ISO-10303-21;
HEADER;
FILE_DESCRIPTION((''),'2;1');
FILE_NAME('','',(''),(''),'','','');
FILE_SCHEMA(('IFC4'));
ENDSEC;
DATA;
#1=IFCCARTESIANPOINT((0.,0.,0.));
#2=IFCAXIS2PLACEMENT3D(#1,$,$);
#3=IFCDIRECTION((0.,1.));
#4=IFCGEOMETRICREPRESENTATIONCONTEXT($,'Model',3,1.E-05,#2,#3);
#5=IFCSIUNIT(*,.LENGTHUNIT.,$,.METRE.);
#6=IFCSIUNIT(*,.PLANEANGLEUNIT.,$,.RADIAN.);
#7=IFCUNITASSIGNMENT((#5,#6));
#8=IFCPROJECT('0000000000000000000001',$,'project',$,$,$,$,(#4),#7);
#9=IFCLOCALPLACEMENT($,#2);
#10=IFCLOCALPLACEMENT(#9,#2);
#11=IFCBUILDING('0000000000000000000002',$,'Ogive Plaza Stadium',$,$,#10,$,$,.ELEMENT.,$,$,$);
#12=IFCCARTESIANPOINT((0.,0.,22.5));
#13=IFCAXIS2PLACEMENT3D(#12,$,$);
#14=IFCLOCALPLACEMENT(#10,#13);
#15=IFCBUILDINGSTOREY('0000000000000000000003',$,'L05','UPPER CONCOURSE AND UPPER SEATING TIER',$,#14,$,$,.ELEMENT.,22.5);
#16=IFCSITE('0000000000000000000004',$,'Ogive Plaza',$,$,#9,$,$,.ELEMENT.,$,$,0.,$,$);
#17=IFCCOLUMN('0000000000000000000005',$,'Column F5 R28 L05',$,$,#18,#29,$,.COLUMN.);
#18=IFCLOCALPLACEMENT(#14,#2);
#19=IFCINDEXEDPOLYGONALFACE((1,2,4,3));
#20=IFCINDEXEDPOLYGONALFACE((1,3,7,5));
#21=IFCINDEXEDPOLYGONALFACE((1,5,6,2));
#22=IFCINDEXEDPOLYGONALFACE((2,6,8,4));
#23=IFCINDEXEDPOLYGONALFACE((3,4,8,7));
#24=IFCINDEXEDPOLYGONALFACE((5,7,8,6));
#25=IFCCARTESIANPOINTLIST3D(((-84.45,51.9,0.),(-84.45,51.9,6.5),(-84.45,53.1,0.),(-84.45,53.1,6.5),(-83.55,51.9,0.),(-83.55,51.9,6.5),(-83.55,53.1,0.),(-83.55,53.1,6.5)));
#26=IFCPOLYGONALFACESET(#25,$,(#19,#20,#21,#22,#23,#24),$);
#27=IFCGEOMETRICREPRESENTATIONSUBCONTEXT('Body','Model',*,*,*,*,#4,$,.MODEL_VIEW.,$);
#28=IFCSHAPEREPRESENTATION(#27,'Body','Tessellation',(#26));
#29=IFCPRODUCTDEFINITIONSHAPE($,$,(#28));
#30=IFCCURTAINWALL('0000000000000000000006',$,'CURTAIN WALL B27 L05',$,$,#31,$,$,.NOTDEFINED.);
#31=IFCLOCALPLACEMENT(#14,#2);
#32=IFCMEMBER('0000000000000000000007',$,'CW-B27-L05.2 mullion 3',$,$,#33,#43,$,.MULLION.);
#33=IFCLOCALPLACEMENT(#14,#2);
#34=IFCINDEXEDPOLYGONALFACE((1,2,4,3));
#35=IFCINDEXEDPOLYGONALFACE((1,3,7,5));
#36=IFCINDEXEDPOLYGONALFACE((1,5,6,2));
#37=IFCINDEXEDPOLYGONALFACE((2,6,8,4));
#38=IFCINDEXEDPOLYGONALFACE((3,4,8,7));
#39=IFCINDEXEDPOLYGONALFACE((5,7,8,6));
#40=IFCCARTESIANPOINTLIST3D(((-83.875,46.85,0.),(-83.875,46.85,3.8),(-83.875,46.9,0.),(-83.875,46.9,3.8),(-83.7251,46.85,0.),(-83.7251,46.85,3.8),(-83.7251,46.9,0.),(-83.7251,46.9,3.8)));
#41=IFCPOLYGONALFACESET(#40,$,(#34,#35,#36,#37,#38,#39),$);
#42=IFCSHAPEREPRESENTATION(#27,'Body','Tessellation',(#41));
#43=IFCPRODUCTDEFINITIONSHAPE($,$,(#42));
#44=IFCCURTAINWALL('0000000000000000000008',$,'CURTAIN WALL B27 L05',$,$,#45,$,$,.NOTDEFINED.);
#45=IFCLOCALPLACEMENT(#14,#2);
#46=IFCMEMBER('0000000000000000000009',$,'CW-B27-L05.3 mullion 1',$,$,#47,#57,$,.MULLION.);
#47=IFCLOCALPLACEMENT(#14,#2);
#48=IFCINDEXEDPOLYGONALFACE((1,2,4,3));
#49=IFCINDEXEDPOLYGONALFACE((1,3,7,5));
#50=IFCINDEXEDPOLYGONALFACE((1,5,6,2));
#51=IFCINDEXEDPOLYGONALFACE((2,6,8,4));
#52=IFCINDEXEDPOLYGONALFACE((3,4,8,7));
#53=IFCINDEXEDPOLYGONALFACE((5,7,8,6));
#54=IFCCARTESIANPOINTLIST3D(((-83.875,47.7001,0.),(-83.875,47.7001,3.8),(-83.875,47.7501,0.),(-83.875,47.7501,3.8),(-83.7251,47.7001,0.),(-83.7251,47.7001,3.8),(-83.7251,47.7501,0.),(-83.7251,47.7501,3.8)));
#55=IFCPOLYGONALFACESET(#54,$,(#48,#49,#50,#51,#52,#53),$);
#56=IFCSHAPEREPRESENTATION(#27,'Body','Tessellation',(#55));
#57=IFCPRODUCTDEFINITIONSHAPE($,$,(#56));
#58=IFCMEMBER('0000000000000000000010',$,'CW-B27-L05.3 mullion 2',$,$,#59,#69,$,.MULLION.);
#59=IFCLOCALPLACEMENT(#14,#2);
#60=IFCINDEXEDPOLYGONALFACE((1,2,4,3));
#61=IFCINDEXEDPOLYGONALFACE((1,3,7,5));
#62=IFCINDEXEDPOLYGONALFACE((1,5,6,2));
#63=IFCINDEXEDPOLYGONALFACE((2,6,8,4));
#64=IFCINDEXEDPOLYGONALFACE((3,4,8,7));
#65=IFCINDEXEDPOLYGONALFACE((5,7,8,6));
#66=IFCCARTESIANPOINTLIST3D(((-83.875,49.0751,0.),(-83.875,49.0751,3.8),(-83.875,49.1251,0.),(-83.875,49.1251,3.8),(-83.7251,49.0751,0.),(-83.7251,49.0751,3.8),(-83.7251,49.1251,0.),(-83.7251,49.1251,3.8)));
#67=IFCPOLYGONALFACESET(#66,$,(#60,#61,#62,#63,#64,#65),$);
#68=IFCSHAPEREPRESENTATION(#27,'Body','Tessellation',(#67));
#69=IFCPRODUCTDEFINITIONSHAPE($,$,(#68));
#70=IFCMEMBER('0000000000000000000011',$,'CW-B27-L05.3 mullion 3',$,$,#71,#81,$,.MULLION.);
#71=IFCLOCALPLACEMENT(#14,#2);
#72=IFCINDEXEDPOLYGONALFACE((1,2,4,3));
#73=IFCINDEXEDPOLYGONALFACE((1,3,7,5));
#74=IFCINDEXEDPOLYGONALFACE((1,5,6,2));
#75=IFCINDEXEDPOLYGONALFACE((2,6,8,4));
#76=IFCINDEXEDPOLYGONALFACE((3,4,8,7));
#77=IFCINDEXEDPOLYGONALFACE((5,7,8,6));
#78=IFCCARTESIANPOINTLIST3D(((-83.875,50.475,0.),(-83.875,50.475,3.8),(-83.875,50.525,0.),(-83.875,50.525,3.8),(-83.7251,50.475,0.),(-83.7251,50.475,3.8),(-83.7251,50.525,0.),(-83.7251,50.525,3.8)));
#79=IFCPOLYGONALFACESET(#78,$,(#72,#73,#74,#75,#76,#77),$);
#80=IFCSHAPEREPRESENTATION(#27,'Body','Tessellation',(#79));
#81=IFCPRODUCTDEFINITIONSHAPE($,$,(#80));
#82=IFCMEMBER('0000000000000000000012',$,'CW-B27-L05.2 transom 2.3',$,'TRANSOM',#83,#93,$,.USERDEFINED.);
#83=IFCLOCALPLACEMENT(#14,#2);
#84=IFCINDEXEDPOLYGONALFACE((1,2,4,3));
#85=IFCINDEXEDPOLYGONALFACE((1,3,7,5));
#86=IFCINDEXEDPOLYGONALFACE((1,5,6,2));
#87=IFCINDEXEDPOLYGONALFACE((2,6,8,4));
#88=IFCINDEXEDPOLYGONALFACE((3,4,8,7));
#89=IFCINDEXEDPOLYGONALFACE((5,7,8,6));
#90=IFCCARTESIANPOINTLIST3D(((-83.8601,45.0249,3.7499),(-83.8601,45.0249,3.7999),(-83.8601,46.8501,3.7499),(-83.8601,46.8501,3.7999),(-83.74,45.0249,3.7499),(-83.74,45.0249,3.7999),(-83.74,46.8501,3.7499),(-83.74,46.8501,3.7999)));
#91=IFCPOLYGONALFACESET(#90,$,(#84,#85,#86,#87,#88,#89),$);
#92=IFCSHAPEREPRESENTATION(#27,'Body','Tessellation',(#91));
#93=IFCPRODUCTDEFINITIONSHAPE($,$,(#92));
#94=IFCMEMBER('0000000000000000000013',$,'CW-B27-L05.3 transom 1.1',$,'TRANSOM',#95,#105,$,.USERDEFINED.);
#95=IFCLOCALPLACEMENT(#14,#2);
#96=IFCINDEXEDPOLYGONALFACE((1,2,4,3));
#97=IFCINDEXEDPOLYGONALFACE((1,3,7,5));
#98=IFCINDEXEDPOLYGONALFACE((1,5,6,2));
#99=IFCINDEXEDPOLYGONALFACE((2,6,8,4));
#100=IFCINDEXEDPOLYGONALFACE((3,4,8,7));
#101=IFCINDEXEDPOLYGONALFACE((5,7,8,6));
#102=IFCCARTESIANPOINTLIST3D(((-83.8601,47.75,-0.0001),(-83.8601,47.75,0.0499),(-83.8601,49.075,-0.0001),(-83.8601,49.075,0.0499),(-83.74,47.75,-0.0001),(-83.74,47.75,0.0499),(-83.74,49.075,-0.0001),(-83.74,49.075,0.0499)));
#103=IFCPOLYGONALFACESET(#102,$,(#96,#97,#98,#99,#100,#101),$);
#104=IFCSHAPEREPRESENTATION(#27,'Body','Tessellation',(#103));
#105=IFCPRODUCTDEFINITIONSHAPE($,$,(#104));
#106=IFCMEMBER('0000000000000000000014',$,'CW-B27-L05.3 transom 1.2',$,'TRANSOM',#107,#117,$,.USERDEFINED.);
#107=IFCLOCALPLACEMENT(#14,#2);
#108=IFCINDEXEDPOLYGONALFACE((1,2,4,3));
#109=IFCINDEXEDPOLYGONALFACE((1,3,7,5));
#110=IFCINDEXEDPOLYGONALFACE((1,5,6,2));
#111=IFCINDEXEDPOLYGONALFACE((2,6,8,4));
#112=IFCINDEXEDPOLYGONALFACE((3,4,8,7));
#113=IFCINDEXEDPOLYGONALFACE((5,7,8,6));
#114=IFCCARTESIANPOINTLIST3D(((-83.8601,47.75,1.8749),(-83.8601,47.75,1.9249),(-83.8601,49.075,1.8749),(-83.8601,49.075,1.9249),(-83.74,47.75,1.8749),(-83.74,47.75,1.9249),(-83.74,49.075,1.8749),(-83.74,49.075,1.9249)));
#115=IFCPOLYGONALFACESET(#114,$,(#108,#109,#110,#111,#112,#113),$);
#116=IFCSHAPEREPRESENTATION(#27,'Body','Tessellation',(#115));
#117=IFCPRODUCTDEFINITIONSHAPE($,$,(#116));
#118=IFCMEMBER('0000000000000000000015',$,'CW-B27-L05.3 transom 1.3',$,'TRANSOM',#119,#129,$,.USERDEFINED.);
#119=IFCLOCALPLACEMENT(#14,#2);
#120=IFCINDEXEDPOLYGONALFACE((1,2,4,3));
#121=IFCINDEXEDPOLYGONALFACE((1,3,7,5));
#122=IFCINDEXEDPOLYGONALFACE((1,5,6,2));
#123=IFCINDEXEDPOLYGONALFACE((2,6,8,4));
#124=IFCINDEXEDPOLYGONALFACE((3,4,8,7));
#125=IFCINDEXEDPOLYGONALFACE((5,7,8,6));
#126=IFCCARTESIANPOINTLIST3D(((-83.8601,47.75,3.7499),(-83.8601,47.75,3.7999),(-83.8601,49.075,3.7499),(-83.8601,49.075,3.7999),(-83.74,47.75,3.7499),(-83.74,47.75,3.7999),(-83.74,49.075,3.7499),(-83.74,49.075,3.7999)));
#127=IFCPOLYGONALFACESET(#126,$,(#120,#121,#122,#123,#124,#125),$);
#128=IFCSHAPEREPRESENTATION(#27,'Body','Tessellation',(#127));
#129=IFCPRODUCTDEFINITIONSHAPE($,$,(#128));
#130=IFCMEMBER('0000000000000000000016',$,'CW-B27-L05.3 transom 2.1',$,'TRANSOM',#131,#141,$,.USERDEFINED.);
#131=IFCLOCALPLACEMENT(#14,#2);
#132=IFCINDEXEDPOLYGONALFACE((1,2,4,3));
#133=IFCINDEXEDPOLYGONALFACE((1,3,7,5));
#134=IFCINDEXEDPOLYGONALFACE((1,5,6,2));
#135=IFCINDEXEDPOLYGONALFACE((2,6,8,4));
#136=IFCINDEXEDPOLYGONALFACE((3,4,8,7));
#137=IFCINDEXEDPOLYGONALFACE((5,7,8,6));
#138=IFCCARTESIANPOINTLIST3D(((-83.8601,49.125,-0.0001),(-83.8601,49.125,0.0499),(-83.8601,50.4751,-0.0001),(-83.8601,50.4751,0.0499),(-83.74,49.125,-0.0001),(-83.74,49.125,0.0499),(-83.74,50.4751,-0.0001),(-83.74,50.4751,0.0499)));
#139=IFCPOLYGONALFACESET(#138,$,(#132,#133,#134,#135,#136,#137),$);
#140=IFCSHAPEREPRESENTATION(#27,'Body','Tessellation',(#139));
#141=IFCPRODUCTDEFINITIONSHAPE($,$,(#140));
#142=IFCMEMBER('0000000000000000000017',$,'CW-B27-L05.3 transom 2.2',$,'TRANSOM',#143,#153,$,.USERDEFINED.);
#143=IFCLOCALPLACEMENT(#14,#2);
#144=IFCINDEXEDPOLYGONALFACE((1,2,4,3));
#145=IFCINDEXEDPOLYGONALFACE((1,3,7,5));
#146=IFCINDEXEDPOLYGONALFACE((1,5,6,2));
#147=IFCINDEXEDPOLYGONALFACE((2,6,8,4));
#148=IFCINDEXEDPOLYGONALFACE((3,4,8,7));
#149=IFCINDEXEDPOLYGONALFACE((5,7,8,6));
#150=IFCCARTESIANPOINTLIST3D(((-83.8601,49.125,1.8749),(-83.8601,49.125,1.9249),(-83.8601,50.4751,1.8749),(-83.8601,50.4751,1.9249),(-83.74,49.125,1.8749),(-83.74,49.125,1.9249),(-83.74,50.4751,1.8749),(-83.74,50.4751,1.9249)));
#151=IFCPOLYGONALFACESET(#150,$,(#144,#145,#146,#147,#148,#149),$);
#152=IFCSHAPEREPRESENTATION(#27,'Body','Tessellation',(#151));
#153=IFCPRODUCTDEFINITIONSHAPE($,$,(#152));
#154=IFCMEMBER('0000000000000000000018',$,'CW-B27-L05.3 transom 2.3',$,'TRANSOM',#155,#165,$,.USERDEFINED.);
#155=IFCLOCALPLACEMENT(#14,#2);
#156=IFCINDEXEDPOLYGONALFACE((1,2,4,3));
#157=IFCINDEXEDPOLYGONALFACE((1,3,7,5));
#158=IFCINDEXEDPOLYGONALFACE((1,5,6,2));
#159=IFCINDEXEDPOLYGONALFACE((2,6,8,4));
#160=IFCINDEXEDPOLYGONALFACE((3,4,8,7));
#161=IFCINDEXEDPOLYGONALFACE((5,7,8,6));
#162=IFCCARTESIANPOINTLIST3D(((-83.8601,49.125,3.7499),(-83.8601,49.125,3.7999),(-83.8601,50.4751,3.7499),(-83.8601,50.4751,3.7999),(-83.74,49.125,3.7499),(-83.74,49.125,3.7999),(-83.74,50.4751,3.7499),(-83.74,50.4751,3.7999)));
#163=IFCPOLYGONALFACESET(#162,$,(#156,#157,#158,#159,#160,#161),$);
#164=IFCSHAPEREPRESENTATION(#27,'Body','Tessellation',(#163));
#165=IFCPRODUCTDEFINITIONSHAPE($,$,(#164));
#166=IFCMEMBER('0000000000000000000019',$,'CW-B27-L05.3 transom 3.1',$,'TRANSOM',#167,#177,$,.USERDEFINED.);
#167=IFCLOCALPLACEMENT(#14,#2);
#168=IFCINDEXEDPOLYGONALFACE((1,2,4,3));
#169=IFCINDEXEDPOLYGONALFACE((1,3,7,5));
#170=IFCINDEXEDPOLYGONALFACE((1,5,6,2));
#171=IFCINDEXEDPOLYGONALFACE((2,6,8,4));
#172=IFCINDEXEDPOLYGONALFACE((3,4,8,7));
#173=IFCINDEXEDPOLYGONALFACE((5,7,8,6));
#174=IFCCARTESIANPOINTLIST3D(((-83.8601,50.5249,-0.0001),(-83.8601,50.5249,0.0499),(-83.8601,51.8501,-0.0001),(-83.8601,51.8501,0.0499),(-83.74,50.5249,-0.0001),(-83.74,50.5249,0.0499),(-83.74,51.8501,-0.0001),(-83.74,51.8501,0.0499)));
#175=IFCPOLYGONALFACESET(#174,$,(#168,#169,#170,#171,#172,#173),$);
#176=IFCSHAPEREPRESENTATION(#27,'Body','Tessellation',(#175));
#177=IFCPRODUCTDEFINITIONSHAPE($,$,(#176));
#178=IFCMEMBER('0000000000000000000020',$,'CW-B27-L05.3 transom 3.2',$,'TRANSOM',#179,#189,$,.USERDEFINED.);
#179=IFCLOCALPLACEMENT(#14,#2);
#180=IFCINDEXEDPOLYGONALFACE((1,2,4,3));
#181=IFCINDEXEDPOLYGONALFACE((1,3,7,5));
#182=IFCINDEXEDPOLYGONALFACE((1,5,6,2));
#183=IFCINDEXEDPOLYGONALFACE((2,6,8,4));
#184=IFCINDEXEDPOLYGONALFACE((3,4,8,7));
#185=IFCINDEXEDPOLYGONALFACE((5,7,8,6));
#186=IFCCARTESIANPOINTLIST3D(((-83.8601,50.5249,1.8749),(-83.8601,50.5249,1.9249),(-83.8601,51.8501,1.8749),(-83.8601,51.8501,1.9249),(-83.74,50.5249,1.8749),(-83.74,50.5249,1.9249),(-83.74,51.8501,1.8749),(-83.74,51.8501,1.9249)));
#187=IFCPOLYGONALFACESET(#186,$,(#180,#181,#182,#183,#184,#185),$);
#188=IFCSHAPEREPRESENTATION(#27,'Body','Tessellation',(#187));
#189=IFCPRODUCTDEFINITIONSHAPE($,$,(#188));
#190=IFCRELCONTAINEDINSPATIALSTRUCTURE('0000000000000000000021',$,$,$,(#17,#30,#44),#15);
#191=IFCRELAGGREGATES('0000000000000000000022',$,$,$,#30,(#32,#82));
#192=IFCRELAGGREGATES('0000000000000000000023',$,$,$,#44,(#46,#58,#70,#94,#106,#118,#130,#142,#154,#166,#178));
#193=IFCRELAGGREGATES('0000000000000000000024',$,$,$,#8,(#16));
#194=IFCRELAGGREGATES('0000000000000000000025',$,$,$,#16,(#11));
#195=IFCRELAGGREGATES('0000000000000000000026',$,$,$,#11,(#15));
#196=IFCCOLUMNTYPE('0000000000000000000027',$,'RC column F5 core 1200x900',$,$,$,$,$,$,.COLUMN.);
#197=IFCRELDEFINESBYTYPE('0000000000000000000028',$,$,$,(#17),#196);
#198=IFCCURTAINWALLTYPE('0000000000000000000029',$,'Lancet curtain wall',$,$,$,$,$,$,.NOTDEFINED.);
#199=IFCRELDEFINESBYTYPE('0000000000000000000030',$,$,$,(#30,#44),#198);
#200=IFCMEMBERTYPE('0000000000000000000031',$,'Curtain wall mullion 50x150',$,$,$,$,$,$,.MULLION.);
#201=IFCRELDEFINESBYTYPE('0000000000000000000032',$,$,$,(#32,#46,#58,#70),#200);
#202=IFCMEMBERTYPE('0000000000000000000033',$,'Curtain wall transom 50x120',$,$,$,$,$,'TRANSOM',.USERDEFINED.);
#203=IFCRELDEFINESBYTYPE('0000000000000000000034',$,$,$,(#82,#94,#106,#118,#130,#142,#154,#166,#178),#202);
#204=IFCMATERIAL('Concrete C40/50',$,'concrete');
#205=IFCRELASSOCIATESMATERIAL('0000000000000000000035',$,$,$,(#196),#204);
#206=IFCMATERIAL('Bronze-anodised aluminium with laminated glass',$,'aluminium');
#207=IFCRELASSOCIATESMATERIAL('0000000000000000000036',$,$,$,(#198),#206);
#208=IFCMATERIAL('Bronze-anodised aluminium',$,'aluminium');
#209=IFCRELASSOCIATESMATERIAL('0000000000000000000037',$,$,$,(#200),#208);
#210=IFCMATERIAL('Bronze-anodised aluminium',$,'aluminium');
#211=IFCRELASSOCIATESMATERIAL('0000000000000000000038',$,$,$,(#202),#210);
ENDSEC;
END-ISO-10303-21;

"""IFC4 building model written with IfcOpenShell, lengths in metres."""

from ifc_helpers import new_model, si_unit, direction, frame, origin, origin_2d, place, context, subcontext, project, spatial, rectangle, extrude, material, material_profile, profile_set, type_object, element, aggregate, save


model = new_model("IFC4")

# Units and contexts
model_context = context("Model", 3, precision=1e-05, world=origin(), true_north=direction((0.0, 1.0)))
body_context = subcontext(model_context, "Body", "Model", "MODEL_VIEW")
ifc_project = project(units=[si_unit("LENGTHUNIT", "METRE"), si_unit("PLANEANGLEUNIT", "RADIAN")], contexts=[model_context])

# Site, building, storey
site_placement = place(None, origin())
site = spatial("IfcSite", under=ifc_project, at=site_placement, Name="Ogive Plaza", CompositionType="ELEMENT", RefElevation=0.0)
building_placement = place(site_placement, origin())
building = spatial("IfcBuilding", under=site, at=building_placement, Name="Ogive Plaza Stadium", CompositionType="ELEMENT")
storey_placement = place(building_placement, frame((0.0, 0.0, 22.5)))
storey = spatial("IfcBuildingStorey", under=building, at=storey_placement, Name="L05", Description="UPPER CONCOURSE AND UPPER SEATING TIER", CompositionType="ELEMENT", Elevation=22.5)

# Column
ifc_material_1 = material(Name="Concrete C40/50", Category="concrete")
ifc_material_profile_1 = material_profile(ifc_material_1, rectangle(XDim=1.2, YDim=0.8999, at=origin_2d()), Name="RC 1200x900")
ifc_profile_set_1 = profile_set([ifc_material_profile_1], Name="Concrete C40/50")
column_type = type_object("IfcColumnType", Name="RC column F5 core 1200x900", PredefinedType="COLUMN", material=ifc_profile_set_1)
column_placement = place(storey_placement, frame((-84.0, 52.5, 0.0), z_axis=(0.0, 0.0, 1.0), x_axis=(0.0, -1.0, 0.0)))
element("IfcColumn", 1, at=column_placement, inside=storey, type_object=column_type, Name="Column F5 R28 L05", PredefinedType="COLUMN", context=body_context, shape_type="SweptSolid", body=[
    extrude(rectangle(XDim=1.2, YDim=0.8999, at=origin_2d()), origin(), (0.0, 0.0, 1.0), 6.5),
])

# Curtain wall, member
ifc_material_2 = material(Name="Bronze-anodised aluminium with laminated glass", Category="aluminium")
curtain_wall_type = type_object("IfcCurtainWallType", Name="Lancet curtain wall", PredefinedType="NOTDEFINED", material=ifc_material_2)
curtain_wall_1_placement = place(storey_placement, origin())
curtain_wall_1 = element("IfcCurtainWall", 2, at=curtain_wall_1_placement, inside=storey, type_object=curtain_wall_type, Name="CURTAIN WALL B27 L05", PredefinedType="NOTDEFINED")
ifc_material_3 = material(Name="Bronze-anodised aluminium", Category="aluminium")
ifc_material_profile_2 = material_profile(ifc_material_3, rectangle(XDim=0.1499, YDim=0.05, at=origin_2d()), Name="AL 150x50")
ifc_profile_set_2 = profile_set([ifc_material_profile_2], Name="Bronze-anodised aluminium")
member_type_1 = type_object("IfcMemberType", Name="Curtain wall mullion 50x150", PredefinedType="MULLION", material=ifc_profile_set_2)
member_1_placement = place(storey_placement, frame((-83.8, 46.875, 0.0), z_axis=(0.0, 0.0, 1.0), x_axis=(-1.0, 0.0, 0.0)))
member_1 = element("IfcMember", 3, at=member_1_placement, type_object=member_type_1, Name="CW-B27-L05.2 mullion 3", PredefinedType="MULLION", context=body_context, shape_type="SweptSolid", body=[
    extrude(rectangle(XDim=0.1499, YDim=0.05, at=origin_2d()), origin(), (0.0, 0.0, 1.0), 3.8),
])

# Curtain wall, members
curtain_wall_2_placement = place(storey_placement, origin())
curtain_wall_2 = element("IfcCurtainWall", 4, at=curtain_wall_2_placement, inside=storey, type_object=curtain_wall_type, Name="CURTAIN WALL B27 L05", PredefinedType="NOTDEFINED")
member_2_placement = place(storey_placement, frame((-83.8, 47.7251, 0.0), z_axis=(0.0, 0.0, 1.0), x_axis=(-1.0, 0.0, 0.0)))
member_2 = element("IfcMember", 5, at=member_2_placement, type_object=member_type_1, Name="CW-B27-L05.3 mullion 1", PredefinedType="MULLION", context=body_context, shape_type="SweptSolid", body=[
    extrude(rectangle(XDim=0.1499, YDim=0.05, at=origin_2d()), origin(), (0.0, 0.0, 1.0), 3.8),
])
member_3_placement = place(storey_placement, frame((-83.8, 49.1001, 0.0), z_axis=(0.0, 0.0, 1.0), x_axis=(-1.0, 0.0, 0.0)))
member_3 = element("IfcMember", 6, at=member_3_placement, type_object=member_type_1, Name="CW-B27-L05.3 mullion 2", PredefinedType="MULLION", context=body_context, shape_type="SweptSolid", body=[
    extrude(rectangle(XDim=0.1499, YDim=0.05, at=origin_2d()), origin(), (0.0, 0.0, 1.0), 3.8),
])
member_4_placement = place(storey_placement, frame((-83.8, 50.5, 0.0), z_axis=(0.0, 0.0, 1.0), x_axis=(-1.0, 0.0, 0.0)))
member_4 = element("IfcMember", 7, at=member_4_placement, type_object=member_type_1, Name="CW-B27-L05.3 mullion 3", PredefinedType="MULLION", context=body_context, shape_type="SweptSolid", body=[
    extrude(rectangle(XDim=0.1499, YDim=0.05, at=origin_2d()), origin(), (0.0, 0.0, 1.0), 3.8),
])

# Members
ifc_material_4 = material(Name="Bronze-anodised aluminium", Category="aluminium")
ifc_material_profile_3 = material_profile(ifc_material_4, rectangle(XDim=0.1201, YDim=0.05, at=origin_2d()), Name="AL 120x50")
ifc_profile_set_3 = profile_set([ifc_material_profile_3], Name="Bronze-anodised aluminium")
member_type_2 = type_object("IfcMemberType", Name="Curtain wall transom 50x120", ElementType="TRANSOM", PredefinedType="USERDEFINED", material=ifc_profile_set_3)
member_5_placement = place(storey_placement, frame((-83.8, 45.0249, 3.7749), z_axis=(0.0, 1.0, 0.0), x_axis=(-1.0, 0.0, 0.0)))
member_5 = element("IfcMember", 8, at=member_5_placement, type_object=member_type_2, Name="CW-B27-L05.2 transom 2.3", ObjectType="TRANSOM", PredefinedType="USERDEFINED", context=body_context, shape_type="SweptSolid", body=[
    extrude(rectangle(XDim=0.1201, YDim=0.05, at=origin_2d()), origin(), (0.0, 0.0, 1.0), 1.8252),
])
member_6_placement = place(storey_placement, frame((-83.8, 47.75, 0.0249), z_axis=(0.0, 1.0, 0.0), x_axis=(-1.0, 0.0, 0.0)))
member_6 = element("IfcMember", 9, at=member_6_placement, type_object=member_type_2, Name="CW-B27-L05.3 transom 1.1", ObjectType="TRANSOM", PredefinedType="USERDEFINED", context=body_context, shape_type="SweptSolid", body=[
    extrude(rectangle(XDim=0.1201, YDim=0.05, at=origin_2d()), origin(), (0.0, 0.0, 1.0), 1.325),
])
member_7_placement = place(storey_placement, frame((-83.8, 47.75, 1.8999), z_axis=(0.0, 1.0, 0.0), x_axis=(-1.0, 0.0, 0.0)))
member_7 = element("IfcMember", 10, at=member_7_placement, type_object=member_type_2, Name="CW-B27-L05.3 transom 1.2", ObjectType="TRANSOM", PredefinedType="USERDEFINED", context=body_context, shape_type="SweptSolid", body=[
    extrude(rectangle(XDim=0.1201, YDim=0.05, at=origin_2d()), origin(), (0.0, 0.0, 1.0), 1.325),
])
member_8_placement = place(storey_placement, frame((-83.8, 47.75, 3.7749), z_axis=(0.0, 1.0, 0.0), x_axis=(-1.0, 0.0, 0.0)))
member_8 = element("IfcMember", 11, at=member_8_placement, type_object=member_type_2, Name="CW-B27-L05.3 transom 1.3", ObjectType="TRANSOM", PredefinedType="USERDEFINED", context=body_context, shape_type="SweptSolid", body=[
    extrude(rectangle(XDim=0.1201, YDim=0.05, at=origin_2d()), origin(), (0.0, 0.0, 1.0), 1.325),
])
member_9_placement = place(storey_placement, frame((-83.8, 49.125, 0.0249), z_axis=(0.0, 1.0, 0.0), x_axis=(-1.0, 0.0, 0.0)))
member_9 = element("IfcMember", 12, at=member_9_placement, type_object=member_type_2, Name="CW-B27-L05.3 transom 2.1", ObjectType="TRANSOM", PredefinedType="USERDEFINED", context=body_context, shape_type="SweptSolid", body=[
    extrude(rectangle(XDim=0.1201, YDim=0.05, at=origin_2d()), origin(), (0.0, 0.0, 1.0), 1.3501),
])
member_10_placement = place(storey_placement, frame((-83.8, 49.125, 1.8999), z_axis=(0.0, 1.0, 0.0), x_axis=(-1.0, 0.0, 0.0)))
member_10 = element("IfcMember", 13, at=member_10_placement, type_object=member_type_2, Name="CW-B27-L05.3 transom 2.2", ObjectType="TRANSOM", PredefinedType="USERDEFINED", context=body_context, shape_type="SweptSolid", body=[
    extrude(rectangle(XDim=0.1201, YDim=0.05, at=origin_2d()), origin(), (0.0, 0.0, 1.0), 1.3501),
])
member_11_placement = place(storey_placement, frame((-83.8, 49.125, 3.7749), z_axis=(0.0, 1.0, 0.0), x_axis=(-1.0, 0.0, 0.0)))
member_11 = element("IfcMember", 14, at=member_11_placement, type_object=member_type_2, Name="CW-B27-L05.3 transom 2.3", ObjectType="TRANSOM", PredefinedType="USERDEFINED", context=body_context, shape_type="SweptSolid", body=[
    extrude(rectangle(XDim=0.1201, YDim=0.05, at=origin_2d()), origin(), (0.0, 0.0, 1.0), 1.3501),
])
member_12_placement = place(storey_placement, frame((-83.8, 50.5249, 0.0249), z_axis=(0.0, 1.0, 0.0), x_axis=(-1.0, 0.0, 0.0)))
member_12 = element("IfcMember", 15, at=member_12_placement, type_object=member_type_2, Name="CW-B27-L05.3 transom 3.1", ObjectType="TRANSOM", PredefinedType="USERDEFINED", context=body_context, shape_type="SweptSolid", body=[
    extrude(rectangle(XDim=0.1201, YDim=0.05, at=origin_2d()), origin(), (0.0, 0.0, 1.0), 1.3252),
])
member_13_placement = place(storey_placement, frame((-83.8, 50.5249, 1.8999), z_axis=(0.0, 1.0, 0.0), x_axis=(-1.0, 0.0, 0.0)))
member_13 = element("IfcMember", 16, at=member_13_placement, type_object=member_type_2, Name="CW-B27-L05.3 transom 3.2", ObjectType="TRANSOM", PredefinedType="USERDEFINED", context=body_context, shape_type="SweptSolid", body=[
    extrude(rectangle(XDim=0.1201, YDim=0.05, at=origin_2d()), origin(), (0.0, 0.0, 1.0), 1.3252),
])

aggregate(curtain_wall_1, [member_1, member_5])
aggregate(curtain_wall_2, [member_2, member_3, member_4, member_6, member_7, member_8, member_9, member_10, member_11, member_12, member_13])

save(model, "model.ifc")
